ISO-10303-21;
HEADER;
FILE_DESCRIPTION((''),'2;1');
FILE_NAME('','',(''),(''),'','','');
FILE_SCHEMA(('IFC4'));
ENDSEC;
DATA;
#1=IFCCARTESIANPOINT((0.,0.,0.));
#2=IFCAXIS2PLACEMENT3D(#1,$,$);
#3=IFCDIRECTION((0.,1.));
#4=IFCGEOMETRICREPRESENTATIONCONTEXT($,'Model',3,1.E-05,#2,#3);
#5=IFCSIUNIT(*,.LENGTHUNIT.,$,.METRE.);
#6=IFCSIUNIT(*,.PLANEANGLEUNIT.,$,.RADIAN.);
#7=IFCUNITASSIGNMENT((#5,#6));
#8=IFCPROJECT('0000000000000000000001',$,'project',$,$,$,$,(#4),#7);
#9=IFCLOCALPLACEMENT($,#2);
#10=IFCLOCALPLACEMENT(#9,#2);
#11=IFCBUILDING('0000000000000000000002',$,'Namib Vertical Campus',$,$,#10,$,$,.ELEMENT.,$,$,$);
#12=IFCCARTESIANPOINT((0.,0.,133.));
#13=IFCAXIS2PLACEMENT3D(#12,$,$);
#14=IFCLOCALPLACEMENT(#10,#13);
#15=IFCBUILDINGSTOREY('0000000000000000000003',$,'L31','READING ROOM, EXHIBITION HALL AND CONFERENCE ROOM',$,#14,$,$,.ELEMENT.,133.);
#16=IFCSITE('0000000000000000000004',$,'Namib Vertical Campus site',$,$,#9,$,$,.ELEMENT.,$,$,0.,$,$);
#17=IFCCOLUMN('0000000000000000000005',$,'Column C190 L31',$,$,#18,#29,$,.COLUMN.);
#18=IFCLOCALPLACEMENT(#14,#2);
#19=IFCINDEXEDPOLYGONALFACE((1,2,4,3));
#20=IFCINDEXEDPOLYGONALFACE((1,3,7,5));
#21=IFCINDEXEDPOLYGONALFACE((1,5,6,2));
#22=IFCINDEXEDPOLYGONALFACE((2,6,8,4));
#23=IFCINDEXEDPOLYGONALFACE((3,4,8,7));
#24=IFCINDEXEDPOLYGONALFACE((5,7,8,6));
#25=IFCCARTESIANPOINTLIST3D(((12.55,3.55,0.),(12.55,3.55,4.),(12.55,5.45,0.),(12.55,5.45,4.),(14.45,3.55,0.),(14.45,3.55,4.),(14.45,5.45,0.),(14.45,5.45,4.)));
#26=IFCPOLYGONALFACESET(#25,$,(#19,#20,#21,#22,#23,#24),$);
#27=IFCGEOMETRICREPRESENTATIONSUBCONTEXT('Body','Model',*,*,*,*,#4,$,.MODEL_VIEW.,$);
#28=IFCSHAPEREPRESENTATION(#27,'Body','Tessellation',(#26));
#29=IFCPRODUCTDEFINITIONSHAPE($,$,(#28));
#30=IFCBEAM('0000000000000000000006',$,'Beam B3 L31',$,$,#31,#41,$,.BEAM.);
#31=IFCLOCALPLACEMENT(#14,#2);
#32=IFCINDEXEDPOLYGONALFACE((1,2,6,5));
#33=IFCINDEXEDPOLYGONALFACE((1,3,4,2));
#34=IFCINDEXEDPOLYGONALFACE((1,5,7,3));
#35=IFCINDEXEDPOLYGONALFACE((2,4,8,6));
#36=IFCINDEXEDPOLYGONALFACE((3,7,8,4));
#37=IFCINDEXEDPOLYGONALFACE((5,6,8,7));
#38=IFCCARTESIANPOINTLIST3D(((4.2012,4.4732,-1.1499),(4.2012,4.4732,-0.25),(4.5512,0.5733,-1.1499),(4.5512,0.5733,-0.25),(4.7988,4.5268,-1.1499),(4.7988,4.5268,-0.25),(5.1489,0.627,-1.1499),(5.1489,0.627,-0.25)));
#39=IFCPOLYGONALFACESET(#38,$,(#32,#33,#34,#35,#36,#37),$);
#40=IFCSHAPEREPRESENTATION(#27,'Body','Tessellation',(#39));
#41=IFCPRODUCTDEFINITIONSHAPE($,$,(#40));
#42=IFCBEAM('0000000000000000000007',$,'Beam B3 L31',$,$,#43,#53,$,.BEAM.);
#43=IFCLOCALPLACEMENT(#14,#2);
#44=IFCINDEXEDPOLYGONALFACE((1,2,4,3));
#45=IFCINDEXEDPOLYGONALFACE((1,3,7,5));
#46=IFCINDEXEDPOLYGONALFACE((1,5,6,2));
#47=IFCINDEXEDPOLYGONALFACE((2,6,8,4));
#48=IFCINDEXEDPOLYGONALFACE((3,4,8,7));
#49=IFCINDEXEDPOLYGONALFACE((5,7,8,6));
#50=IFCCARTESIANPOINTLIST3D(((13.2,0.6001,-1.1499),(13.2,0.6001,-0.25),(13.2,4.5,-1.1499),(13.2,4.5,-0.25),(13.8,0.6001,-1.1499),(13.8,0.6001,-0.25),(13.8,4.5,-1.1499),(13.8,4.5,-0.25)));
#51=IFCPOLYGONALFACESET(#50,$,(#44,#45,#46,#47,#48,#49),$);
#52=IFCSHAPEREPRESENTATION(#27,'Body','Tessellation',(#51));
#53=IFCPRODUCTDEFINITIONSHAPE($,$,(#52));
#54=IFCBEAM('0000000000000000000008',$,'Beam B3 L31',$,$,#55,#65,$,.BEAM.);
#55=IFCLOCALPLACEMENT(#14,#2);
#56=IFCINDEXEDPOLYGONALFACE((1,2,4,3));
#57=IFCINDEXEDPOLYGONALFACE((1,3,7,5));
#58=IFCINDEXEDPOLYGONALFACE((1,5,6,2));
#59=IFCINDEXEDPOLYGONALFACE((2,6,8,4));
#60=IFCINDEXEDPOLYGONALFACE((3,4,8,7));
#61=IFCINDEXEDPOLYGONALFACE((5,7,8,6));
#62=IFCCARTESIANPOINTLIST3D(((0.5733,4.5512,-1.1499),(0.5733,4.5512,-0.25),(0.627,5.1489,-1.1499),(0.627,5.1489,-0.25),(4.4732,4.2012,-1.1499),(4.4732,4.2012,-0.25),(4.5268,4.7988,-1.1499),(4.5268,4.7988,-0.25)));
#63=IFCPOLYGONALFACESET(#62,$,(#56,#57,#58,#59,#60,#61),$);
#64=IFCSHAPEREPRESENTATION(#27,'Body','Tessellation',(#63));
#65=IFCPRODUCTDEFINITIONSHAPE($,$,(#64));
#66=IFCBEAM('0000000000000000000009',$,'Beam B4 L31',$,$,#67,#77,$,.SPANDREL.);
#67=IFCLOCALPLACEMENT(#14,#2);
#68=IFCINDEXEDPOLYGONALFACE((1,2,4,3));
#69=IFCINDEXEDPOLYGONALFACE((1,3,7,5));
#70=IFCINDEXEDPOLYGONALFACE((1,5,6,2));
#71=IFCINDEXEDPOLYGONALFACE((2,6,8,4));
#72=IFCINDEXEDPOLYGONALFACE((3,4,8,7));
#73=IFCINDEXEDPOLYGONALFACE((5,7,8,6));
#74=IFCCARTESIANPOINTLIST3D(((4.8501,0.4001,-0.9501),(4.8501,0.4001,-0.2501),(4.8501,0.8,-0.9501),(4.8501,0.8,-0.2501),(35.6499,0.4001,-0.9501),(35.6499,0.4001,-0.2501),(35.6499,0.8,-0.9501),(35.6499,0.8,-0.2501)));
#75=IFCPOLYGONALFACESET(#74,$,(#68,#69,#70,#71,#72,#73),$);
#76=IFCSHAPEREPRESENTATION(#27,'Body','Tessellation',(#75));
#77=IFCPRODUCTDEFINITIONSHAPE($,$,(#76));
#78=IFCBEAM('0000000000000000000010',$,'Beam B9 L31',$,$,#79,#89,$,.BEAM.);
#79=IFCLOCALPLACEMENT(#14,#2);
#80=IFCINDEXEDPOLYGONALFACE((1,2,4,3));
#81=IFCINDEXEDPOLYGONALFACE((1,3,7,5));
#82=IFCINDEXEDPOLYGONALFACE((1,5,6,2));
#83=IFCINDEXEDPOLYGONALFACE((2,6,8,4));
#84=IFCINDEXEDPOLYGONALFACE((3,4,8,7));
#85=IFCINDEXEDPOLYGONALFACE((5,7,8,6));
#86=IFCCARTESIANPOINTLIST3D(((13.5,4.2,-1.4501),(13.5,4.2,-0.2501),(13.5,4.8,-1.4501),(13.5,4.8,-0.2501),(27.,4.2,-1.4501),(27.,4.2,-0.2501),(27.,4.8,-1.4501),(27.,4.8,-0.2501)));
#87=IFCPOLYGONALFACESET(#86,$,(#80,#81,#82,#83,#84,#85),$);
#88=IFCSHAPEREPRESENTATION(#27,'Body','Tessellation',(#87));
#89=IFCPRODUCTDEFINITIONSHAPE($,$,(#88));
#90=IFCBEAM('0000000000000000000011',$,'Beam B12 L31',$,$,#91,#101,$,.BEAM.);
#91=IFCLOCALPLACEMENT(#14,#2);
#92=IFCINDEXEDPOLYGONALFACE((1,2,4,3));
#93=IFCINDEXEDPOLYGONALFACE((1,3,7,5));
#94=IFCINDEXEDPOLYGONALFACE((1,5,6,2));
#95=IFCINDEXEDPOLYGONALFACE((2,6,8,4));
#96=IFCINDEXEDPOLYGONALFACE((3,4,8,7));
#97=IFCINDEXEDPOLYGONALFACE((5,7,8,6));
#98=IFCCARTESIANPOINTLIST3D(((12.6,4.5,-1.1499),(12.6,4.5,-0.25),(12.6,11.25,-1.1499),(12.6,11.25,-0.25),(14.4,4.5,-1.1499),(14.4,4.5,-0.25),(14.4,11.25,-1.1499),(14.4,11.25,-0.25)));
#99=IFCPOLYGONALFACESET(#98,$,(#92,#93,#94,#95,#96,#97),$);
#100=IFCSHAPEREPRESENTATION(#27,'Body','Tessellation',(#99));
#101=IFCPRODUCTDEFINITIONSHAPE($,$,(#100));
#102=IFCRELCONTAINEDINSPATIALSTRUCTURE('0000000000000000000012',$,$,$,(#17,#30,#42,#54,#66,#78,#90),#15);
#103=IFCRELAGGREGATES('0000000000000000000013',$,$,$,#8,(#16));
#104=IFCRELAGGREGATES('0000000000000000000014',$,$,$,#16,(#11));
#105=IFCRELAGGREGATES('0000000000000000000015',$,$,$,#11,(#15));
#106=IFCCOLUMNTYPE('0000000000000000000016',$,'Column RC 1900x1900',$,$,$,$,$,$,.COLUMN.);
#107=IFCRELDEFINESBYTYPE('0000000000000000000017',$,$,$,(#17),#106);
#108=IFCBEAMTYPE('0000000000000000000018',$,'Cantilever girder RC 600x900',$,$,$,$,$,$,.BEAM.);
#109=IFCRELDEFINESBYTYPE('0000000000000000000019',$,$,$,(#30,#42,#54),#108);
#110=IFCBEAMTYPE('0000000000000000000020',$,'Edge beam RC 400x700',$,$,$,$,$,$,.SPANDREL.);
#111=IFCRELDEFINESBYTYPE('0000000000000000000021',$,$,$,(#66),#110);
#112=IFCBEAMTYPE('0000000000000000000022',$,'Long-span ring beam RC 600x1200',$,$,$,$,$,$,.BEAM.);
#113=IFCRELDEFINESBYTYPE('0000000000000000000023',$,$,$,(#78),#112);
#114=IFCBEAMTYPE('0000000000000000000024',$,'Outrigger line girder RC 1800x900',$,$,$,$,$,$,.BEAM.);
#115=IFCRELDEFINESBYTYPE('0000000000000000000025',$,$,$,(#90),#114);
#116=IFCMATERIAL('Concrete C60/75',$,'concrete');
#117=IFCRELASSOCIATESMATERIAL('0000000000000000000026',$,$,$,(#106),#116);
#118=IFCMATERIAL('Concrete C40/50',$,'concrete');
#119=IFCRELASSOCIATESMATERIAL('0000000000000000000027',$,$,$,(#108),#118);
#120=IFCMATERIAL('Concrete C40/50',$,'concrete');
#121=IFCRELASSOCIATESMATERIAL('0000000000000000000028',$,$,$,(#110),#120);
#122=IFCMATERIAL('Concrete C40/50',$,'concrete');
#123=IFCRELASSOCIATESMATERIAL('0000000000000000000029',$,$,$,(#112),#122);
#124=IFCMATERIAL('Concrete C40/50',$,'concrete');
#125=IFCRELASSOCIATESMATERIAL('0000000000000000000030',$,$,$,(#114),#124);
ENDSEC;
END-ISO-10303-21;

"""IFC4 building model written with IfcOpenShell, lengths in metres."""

from ifc_helpers import new_model, si_unit, direction, frame, origin, origin_2d, place, context, subcontext, project, spatial, rectangle, extrude, material, material_profile, profile_set, type_object, element, save


model = new_model("IFC4")

# Units and contexts
model_context = context("Model", 3, precision=1e-05, world=origin(), true_north=direction((0.0, 1.0)))
body_context = subcontext(model_context, "Body", "Model", "MODEL_VIEW")
ifc_project = project(units=[si_unit("LENGTHUNIT", "METRE"), si_unit("PLANEANGLEUNIT", "RADIAN")], contexts=[model_context])

# Site, building, storey
site_placement = place(None, origin())
site = spatial("IfcSite", under=ifc_project, at=site_placement, Name="Namib Vertical Campus site", CompositionType="ELEMENT", RefElevation=0.0)
building_placement = place(site_placement, origin())
building = spatial("IfcBuilding", under=site, at=building_placement, Name="Namib Vertical Campus", CompositionType="ELEMENT")
storey_placement = place(building_placement, frame((0.0, 0.0, 133.0)))
storey = spatial("IfcBuildingStorey", under=building, at=storey_placement, Name="L31", Description="READING ROOM, EXHIBITION HALL AND CONFERENCE ROOM", CompositionType="ELEMENT", Elevation=133.0)

# Column
ifc_material_1 = material(Name="Concrete C60/75", Category="concrete")
ifc_material_profile_1 = material_profile(ifc_material_1, rectangle(XDim=1.8999, YDim=1.8999, at=origin_2d()))
ifc_profile_set_1 = profile_set([ifc_material_profile_1], Name="Concrete C60/75")
column_type = type_object("IfcColumnType", Name="Column RC 1900x1900", PredefinedType="COLUMN", material=ifc_profile_set_1)
column_placement = place(storey_placement, frame((13.5, 4.5, 0.0), z_axis=(0.0, 0.0, 1.0), x_axis=(1.0, 0.0, 0.0)))
element("IfcColumn", 1, at=column_placement, inside=storey, type_object=column_type, Name="Column C190 L31", PredefinedType="COLUMN", context=body_context, shape_type="SweptSolid", body=[
    extrude(rectangle(XDim=1.8999, YDim=1.8999, at=origin_2d()), origin(), (0.0, 0.0, 1.0), 4.0),
])

# Beams
ifc_material_2 = material(Name="Concrete C40/50", Category="concrete")
ifc_material_profile_2 = material_profile(ifc_material_2, rectangle(XDim=0.6001, YDim=0.8999, at=origin_2d()))
ifc_profile_set_2 = profile_set([ifc_material_profile_2], Name="Concrete C40/50")
beam_type_1 = type_object("IfcBeamType", Name="Cantilever girder RC 600x900", PredefinedType="BEAM", material=ifc_profile_set_2)
beam_1_placement = place(storey_placement, frame((4.5, 4.5, -0.7), z_axis=(0.089411, -0.995995, 0.0), x_axis=(0.995995, 0.089411, 0.0)))
element("IfcBeam", 2, at=beam_1_placement, inside=storey, type_object=beam_type_1, Name="Beam B3 L31", PredefinedType="BEAM", context=body_context, shape_type="SweptSolid", body=[
    extrude(rectangle(XDim=0.6001, YDim=0.8999, at=origin_2d()), origin(), (0.0, 0.0, 1.0), 3.9155),
])
beam_2_placement = place(storey_placement, frame((13.5, 4.5, -0.7), z_axis=(0.0, -1.0, 0.0), x_axis=(1.0, 0.0, 0.0)))
element("IfcBeam", 3, at=beam_2_placement, inside=storey, type_object=beam_type_1, Name="Beam B3 L31", PredefinedType="BEAM", context=body_context, shape_type="SweptSolid", body=[
    extrude(rectangle(XDim=0.6001, YDim=0.8999, at=origin_2d()), origin(), (0.0, 0.0, 1.0), 3.8999),
])
beam_3_placement = place(storey_placement, frame((4.5, 4.5, -0.7), z_axis=(-0.995995, 0.089411, 0.0), x_axis=(-0.089411, -0.995995, 0.0)))
element("IfcBeam", 4, at=beam_3_placement, inside=storey, type_object=beam_type_1, Name="Beam B3 L31", PredefinedType="BEAM", context=body_context, shape_type="SweptSolid", body=[
    extrude(rectangle(XDim=0.6001, YDim=0.8999, at=origin_2d()), origin(), (0.0, 0.0, 1.0), 3.9155),
])
ifc_material_3 = material(Name="Concrete C40/50", Category="concrete")
ifc_material_profile_3 = material_profile(ifc_material_3, rectangle(XDim=0.3999, YDim=0.7, at=origin_2d()))
ifc_profile_set_3 = profile_set([ifc_material_profile_3], Name="Concrete C40/50")
beam_type_2 = type_object("IfcBeamType", Name="Edge beam RC 400x700", PredefinedType="SPANDREL", material=ifc_profile_set_3)
beam_4_placement = place(storey_placement, frame((4.8501, 0.6001, -0.6001), z_axis=(1.0, 0.0, 0.0), x_axis=(0.0, 1.0, 0.0)))
element("IfcBeam", 5, at=beam_4_placement, inside=storey, type_object=beam_type_2, Name="Beam B4 L31", PredefinedType="SPANDREL", context=body_context, shape_type="SweptSolid", body=[
    extrude(rectangle(XDim=0.3999, YDim=0.7, at=origin_2d()), origin(), (0.0, 0.0, 1.0), 30.7998),
])
ifc_material_4 = material(Name="Concrete C40/50", Category="concrete")
ifc_material_profile_4 = material_profile(ifc_material_4, rectangle(XDim=0.6001, YDim=1.2, at=origin_2d()))
ifc_profile_set_4 = profile_set([ifc_material_profile_4], Name="Concrete C40/50")
beam_type_3 = type_object("IfcBeamType", Name="Long-span ring beam RC 600x1200", PredefinedType="BEAM", material=ifc_profile_set_4)
beam_5_placement = place(storey_placement, frame((13.5, 4.5, -0.8501), z_axis=(1.0, 0.0, 0.0), x_axis=(0.0, 1.0, 0.0)))
element("IfcBeam", 6, at=beam_5_placement, inside=storey, type_object=beam_type_3, Name="Beam B9 L31", PredefinedType="BEAM", context=body_context, shape_type="SweptSolid", body=[
    extrude(rectangle(XDim=0.6001, YDim=1.2, at=origin_2d()), origin(), (0.0, 0.0, 1.0), 13.5),
])
ifc_material_5 = material(Name="Concrete C40/50", Category="concrete")
ifc_material_profile_5 = material_profile(ifc_material_5, rectangle(XDim=1.8, YDim=0.8999, at=origin_2d()))
ifc_profile_set_5 = profile_set([ifc_material_profile_5], Name="Concrete C40/50")
beam_type_4 = type_object("IfcBeamType", Name="Outrigger line girder RC 1800x900", PredefinedType="BEAM", material=ifc_profile_set_5)
beam_6_placement = place(storey_placement, frame((13.5, 4.5, -0.7), z_axis=(0.0, 1.0, 0.0), x_axis=(-1.0, 0.0, 0.0)))
element("IfcBeam", 7, at=beam_6_placement, inside=storey, type_object=beam_type_4, Name="Beam B12 L31", PredefinedType="BEAM", context=body_context, shape_type="SweptSolid", body=[
    extrude(rectangle(XDim=1.8, YDim=0.8999, at=origin_2d()), origin(), (0.0, 0.0, 1.0), 6.75),
])

save(model, "model.ifc")
